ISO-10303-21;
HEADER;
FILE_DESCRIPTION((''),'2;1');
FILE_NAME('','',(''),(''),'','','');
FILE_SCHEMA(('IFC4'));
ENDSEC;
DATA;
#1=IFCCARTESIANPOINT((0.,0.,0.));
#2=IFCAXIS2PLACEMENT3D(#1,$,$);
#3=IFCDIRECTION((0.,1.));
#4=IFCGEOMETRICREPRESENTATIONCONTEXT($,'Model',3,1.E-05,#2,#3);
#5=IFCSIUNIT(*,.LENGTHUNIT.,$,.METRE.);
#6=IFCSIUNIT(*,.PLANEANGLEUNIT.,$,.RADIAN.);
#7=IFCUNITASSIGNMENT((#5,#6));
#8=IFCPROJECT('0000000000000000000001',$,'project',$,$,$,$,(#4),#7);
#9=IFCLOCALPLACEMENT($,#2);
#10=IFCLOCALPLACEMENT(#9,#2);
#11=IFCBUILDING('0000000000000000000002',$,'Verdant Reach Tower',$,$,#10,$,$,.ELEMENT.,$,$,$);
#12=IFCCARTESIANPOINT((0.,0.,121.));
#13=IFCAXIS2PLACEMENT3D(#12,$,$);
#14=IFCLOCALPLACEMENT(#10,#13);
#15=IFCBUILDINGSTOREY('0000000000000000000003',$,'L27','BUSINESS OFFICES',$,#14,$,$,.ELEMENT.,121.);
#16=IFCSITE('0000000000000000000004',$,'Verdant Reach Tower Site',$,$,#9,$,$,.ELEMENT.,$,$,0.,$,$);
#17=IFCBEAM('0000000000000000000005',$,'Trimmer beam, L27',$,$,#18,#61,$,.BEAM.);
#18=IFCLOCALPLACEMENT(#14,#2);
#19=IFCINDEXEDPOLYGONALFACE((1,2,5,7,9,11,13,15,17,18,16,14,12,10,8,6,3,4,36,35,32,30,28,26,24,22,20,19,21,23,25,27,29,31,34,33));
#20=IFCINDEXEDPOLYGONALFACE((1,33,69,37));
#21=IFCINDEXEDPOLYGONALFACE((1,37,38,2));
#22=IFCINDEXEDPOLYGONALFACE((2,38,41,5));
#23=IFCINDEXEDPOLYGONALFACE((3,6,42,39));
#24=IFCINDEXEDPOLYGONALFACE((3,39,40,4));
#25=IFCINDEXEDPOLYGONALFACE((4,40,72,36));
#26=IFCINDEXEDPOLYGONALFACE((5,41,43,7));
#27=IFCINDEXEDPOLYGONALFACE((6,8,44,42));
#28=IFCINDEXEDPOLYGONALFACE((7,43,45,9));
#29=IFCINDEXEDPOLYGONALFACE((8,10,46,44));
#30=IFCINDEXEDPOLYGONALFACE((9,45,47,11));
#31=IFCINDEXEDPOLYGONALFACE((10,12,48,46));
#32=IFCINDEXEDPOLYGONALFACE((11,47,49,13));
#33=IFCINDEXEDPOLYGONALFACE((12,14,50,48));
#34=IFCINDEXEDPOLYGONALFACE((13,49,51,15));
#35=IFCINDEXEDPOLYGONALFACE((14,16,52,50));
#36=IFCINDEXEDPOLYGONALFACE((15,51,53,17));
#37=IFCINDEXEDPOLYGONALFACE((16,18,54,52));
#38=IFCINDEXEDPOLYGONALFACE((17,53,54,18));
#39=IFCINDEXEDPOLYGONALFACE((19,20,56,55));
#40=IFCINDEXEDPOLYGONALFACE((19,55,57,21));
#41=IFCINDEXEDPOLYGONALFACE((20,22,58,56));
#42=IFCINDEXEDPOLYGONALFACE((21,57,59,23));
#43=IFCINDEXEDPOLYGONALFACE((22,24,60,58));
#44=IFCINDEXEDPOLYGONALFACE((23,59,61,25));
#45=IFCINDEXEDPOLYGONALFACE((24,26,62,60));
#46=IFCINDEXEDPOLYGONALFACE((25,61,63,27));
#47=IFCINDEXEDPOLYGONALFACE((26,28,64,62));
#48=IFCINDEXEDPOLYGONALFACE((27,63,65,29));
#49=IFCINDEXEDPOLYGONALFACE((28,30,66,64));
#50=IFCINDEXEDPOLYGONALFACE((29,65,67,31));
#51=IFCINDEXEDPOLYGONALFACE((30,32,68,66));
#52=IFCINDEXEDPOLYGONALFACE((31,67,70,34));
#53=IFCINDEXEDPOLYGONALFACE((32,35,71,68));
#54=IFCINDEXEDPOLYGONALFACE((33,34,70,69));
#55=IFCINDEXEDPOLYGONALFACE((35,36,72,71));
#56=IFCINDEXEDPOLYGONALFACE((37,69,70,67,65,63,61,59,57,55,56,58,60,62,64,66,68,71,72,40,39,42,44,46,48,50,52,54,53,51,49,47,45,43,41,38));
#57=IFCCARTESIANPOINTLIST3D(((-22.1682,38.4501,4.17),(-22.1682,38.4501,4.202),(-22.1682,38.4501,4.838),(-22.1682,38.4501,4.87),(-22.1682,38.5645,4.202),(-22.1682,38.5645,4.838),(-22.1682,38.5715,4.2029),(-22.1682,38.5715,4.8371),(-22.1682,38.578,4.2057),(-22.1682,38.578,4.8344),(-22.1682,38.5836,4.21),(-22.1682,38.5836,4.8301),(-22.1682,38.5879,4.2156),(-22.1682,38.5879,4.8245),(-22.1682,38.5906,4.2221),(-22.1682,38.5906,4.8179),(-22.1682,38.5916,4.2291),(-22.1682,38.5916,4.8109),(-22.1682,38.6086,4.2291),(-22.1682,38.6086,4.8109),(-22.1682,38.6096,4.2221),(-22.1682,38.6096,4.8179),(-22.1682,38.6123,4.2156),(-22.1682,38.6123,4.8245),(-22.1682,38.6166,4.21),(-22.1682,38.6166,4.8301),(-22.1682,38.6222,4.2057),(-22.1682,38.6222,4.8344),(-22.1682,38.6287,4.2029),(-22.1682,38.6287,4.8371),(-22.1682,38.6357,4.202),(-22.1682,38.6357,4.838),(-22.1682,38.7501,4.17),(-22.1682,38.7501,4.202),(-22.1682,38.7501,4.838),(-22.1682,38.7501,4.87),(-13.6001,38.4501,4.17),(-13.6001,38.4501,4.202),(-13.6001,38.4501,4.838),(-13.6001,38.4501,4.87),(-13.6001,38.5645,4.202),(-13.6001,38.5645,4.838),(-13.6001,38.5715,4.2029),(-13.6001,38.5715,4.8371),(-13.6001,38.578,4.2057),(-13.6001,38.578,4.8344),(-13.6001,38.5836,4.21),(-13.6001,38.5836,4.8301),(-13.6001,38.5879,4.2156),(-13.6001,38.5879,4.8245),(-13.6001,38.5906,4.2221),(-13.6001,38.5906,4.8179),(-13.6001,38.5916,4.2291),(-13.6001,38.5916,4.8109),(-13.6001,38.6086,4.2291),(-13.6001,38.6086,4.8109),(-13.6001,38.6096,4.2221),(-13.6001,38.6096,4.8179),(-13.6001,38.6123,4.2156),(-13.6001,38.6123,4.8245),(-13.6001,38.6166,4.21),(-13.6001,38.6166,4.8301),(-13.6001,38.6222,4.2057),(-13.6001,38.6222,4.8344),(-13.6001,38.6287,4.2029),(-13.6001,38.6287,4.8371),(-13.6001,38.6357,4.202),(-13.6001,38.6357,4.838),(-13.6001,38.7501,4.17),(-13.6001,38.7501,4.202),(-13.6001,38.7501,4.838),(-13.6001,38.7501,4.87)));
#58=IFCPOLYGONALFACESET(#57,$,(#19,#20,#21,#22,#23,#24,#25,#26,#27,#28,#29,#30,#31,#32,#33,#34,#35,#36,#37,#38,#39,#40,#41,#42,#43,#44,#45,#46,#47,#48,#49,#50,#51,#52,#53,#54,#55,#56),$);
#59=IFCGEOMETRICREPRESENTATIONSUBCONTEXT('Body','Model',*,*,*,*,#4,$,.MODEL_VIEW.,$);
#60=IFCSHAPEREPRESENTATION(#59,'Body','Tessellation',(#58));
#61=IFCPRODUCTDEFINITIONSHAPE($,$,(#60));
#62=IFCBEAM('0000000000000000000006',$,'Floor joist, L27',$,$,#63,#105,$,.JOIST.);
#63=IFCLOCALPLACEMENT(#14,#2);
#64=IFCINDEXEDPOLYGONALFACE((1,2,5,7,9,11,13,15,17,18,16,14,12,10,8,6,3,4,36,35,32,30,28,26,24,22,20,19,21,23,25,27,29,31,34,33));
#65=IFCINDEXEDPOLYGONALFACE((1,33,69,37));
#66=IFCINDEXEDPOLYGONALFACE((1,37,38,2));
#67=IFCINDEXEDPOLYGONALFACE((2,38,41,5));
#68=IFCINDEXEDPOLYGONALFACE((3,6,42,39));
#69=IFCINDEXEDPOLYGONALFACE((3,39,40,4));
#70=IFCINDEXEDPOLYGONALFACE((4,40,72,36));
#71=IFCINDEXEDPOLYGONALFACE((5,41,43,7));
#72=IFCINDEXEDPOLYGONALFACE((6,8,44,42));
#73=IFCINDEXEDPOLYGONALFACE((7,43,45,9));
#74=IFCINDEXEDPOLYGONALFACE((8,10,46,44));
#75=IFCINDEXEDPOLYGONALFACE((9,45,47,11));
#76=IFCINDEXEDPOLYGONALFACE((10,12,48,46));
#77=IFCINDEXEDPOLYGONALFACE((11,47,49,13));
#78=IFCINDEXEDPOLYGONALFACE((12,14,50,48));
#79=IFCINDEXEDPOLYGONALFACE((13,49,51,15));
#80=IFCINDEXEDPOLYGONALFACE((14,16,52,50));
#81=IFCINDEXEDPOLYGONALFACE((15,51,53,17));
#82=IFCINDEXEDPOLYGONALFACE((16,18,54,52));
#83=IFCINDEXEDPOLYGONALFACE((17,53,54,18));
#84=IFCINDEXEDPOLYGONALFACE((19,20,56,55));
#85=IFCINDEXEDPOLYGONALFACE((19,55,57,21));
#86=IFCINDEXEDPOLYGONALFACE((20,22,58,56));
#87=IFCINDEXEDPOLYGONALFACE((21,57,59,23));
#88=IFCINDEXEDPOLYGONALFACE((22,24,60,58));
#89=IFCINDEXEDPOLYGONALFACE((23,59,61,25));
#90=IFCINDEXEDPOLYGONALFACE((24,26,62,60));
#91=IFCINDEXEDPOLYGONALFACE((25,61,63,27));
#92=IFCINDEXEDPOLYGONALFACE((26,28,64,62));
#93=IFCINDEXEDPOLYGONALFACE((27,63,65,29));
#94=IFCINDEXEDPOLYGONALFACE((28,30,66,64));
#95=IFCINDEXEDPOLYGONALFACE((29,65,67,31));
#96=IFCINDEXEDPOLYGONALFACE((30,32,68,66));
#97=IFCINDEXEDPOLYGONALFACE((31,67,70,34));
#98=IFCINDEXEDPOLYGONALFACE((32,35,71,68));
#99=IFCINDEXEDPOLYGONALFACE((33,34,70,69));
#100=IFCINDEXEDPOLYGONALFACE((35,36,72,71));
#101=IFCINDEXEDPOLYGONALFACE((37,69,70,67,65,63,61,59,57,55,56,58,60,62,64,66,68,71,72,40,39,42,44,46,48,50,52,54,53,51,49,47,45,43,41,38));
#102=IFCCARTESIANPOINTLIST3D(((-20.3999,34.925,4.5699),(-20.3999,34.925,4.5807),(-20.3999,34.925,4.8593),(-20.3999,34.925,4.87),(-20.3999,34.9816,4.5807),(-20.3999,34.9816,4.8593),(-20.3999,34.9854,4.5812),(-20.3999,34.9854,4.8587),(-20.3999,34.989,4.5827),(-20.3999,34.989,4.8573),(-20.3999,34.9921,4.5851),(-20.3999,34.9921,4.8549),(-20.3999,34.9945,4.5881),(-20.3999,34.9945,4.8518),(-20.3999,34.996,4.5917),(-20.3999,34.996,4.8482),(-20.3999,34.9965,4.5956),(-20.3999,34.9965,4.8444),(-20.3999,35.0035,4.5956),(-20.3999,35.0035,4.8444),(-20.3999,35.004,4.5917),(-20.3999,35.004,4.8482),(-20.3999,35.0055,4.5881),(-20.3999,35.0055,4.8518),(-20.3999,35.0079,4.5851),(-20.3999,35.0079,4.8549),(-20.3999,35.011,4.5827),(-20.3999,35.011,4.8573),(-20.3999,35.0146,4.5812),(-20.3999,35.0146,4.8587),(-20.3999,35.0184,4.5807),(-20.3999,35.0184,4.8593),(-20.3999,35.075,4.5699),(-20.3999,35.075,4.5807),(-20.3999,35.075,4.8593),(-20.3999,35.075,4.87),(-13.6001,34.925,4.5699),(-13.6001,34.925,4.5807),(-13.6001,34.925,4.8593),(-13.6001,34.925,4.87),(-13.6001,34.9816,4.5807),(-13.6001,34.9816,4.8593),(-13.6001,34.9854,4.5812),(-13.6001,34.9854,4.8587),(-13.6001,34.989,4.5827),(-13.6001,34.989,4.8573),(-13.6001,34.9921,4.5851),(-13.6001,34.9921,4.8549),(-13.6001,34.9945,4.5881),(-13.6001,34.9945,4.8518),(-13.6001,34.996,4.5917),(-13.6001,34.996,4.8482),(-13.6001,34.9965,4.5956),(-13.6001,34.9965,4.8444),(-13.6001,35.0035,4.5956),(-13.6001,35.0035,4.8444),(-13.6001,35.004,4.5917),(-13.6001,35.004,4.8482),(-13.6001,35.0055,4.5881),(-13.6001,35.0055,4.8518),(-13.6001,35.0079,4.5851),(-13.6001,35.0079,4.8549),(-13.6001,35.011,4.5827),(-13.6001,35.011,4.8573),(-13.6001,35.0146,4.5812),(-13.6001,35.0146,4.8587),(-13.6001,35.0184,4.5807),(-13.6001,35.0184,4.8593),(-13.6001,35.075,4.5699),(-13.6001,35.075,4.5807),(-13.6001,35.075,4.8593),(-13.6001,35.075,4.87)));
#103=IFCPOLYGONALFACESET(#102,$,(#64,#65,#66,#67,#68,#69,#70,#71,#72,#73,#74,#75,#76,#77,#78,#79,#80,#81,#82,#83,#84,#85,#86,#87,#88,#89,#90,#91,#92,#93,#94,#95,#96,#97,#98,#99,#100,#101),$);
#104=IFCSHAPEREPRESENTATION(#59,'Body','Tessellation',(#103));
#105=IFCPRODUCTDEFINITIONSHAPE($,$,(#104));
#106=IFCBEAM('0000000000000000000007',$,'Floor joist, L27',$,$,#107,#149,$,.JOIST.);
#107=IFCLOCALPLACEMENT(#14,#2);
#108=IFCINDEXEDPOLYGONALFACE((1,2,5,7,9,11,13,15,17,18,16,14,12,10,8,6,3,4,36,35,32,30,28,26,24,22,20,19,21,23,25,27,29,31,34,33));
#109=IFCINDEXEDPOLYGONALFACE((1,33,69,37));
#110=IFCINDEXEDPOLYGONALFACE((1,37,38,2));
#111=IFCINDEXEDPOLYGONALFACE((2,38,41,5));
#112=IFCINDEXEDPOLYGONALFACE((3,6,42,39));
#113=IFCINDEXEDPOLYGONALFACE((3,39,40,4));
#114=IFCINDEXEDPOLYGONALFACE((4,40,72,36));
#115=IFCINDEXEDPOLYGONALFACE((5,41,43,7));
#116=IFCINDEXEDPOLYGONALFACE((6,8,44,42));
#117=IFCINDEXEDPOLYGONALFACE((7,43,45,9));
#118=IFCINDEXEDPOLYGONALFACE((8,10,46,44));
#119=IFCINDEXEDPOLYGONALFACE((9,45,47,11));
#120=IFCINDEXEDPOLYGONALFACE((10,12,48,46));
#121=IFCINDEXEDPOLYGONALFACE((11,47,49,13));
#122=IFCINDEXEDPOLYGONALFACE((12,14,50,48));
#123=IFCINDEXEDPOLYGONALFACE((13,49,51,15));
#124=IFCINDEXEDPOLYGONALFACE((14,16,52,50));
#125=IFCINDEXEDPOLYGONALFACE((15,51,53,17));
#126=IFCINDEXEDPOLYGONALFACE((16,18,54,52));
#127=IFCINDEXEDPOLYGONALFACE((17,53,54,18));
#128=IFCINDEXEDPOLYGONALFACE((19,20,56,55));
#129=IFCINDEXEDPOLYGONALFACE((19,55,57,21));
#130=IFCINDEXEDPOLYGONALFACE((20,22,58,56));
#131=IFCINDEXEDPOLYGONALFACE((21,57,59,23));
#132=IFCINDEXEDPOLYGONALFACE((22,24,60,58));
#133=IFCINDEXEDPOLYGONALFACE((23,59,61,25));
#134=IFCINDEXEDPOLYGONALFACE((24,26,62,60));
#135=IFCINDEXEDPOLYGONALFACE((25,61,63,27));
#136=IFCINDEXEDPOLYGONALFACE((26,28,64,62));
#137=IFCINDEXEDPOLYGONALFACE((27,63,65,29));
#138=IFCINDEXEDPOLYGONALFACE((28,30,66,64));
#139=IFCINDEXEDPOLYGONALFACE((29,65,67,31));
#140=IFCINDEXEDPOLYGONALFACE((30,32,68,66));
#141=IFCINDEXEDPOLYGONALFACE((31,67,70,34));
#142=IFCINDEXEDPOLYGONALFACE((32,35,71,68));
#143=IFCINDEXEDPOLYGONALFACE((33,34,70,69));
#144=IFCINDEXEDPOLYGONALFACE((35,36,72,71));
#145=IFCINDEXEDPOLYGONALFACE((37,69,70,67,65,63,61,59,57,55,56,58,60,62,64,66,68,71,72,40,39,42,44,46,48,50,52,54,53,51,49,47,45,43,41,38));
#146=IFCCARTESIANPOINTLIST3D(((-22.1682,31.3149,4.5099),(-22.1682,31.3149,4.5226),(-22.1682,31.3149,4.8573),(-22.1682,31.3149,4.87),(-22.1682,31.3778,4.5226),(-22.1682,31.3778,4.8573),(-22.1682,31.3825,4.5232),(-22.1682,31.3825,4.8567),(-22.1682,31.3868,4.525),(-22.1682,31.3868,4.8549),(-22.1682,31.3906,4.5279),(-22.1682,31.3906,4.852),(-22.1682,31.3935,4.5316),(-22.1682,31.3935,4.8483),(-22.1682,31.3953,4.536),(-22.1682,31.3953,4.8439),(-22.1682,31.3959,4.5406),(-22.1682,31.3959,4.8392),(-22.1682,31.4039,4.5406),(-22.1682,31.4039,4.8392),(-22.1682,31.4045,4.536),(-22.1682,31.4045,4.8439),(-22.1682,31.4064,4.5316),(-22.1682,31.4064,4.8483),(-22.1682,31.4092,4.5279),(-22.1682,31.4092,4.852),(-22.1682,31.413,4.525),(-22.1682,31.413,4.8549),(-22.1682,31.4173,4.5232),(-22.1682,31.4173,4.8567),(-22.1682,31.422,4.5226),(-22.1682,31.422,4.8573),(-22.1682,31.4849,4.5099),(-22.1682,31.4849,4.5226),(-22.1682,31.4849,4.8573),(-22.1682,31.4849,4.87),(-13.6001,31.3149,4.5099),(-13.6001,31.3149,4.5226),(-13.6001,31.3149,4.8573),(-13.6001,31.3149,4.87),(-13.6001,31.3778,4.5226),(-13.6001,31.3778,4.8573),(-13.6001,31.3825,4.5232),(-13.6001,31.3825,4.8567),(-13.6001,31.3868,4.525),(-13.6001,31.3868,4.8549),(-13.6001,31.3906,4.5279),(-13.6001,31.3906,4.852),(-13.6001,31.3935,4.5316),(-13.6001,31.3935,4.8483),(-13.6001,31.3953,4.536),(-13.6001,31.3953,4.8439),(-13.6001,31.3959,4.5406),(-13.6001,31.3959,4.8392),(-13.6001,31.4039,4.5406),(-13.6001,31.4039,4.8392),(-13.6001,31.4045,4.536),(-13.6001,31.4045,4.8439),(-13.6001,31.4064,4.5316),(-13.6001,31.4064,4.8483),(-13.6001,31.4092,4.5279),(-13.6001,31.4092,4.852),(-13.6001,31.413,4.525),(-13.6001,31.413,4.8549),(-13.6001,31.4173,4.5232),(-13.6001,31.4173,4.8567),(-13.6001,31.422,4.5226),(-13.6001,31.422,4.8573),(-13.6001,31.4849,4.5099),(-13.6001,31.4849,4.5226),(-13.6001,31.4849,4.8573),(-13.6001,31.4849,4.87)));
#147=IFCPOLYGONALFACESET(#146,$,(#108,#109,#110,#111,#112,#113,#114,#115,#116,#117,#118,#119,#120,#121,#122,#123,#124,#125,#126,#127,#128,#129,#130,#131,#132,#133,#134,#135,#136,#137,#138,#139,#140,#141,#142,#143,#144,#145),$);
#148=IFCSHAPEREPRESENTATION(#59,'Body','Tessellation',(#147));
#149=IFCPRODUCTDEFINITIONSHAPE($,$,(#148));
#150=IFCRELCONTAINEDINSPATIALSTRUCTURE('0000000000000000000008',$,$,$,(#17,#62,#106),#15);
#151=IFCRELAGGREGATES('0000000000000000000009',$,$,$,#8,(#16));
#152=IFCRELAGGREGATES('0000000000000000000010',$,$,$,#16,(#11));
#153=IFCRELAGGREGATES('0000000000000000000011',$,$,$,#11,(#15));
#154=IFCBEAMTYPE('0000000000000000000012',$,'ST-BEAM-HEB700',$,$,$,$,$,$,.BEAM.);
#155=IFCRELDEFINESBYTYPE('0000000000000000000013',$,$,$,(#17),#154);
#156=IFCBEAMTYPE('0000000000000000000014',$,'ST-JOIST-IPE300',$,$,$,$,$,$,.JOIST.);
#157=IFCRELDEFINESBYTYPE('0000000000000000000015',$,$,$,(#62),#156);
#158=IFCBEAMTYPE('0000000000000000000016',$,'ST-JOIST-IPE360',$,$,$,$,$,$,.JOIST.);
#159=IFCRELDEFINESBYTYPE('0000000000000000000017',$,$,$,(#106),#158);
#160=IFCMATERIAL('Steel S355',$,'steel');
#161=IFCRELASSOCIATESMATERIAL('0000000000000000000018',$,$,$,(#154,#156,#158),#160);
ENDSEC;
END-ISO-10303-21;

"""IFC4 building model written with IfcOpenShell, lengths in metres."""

from ifc_helpers import new_model, si_unit, direction, frame, origin, origin_2d, place, context, subcontext, project, spatial, i_section, extrude, material, material_profile, profile_set, type_object, element, save


model = new_model("IFC4")

# Units and contexts
model_context = context("Model", 3, precision=1e-05, world=origin(), true_north=direction((0.0, 1.0)))
body_context = subcontext(model_context, "Body", "Model", "MODEL_VIEW")
ifc_project = project(units=[si_unit("LENGTHUNIT", "METRE"), si_unit("PLANEANGLEUNIT", "RADIAN")], contexts=[model_context])

# Site, building, storey
site_placement = place(None, origin())
site = spatial("IfcSite", under=ifc_project, at=site_placement, Name="Verdant Reach Tower Site", CompositionType="ELEMENT", RefElevation=0.0)
building_placement = place(site_placement, origin())
building = spatial("IfcBuilding", under=site, at=building_placement, Name="Verdant Reach Tower", CompositionType="ELEMENT")
storey_placement = place(building_placement, frame((0.0, 0.0, 121.0)))
storey = spatial("IfcBuildingStorey", under=building, at=storey_placement, Name="L27", Description="BUSINESS OFFICES", CompositionType="ELEMENT", Elevation=121.0)

# Beams
ifc_material_1 = material(Name="Steel S355", Category="steel")
ifc_material_profile_1 = material_profile(ifc_material_1, i_section(OverallWidth=0.3, OverallDepth=0.7, WebThickness=0.0171, FlangeThickness=0.032, FilletRadius=0.0271, at=origin_2d()), Name="HEB 700")
ifc_profile_set_1 = profile_set([ifc_material_profile_1], Name="Steel S355")
beam_type_1 = type_object("IfcBeamType", Name="ST-BEAM-HEB700", PredefinedType="BEAM", material=ifc_profile_set_1)
beam_1_placement = place(storey_placement, frame((-13.6001, 38.6001, 4.52), z_axis=(-1.0, 0.0, 0.0), x_axis=(0.0, -1.0, 0.0)))
element("IfcBeam", 1, at=beam_1_placement, inside=storey, type_object=beam_type_1, Name="Trimmer beam, L27", PredefinedType="BEAM", context=body_context, shape_type="SweptSolid", body=[
    extrude(i_section(OverallWidth=0.3, OverallDepth=0.7, WebThickness=0.0171, FlangeThickness=0.032, FilletRadius=0.0271, at=origin_2d()), origin(), (0.0, 0.0, 1.0), 8.5681),
])
ifc_material_profile_2 = material_profile(ifc_material_1, i_section(OverallWidth=0.1499, OverallDepth=0.3, WebThickness=0.0071, FlangeThickness=0.0107, FilletRadius=0.0149, at=origin_2d()), Name="IPE 300")
ifc_profile_set_2 = profile_set([ifc_material_profile_2], Name="Steel S355")
beam_type_2 = type_object("IfcBeamType", Name="ST-JOIST-IPE300", PredefinedType="JOIST", material=ifc_profile_set_2)
beam_2_placement = place(storey_placement, frame((-13.6001, 35.0, 4.72), z_axis=(-1.0, 0.0, 0.0), x_axis=(0.0, -1.0, 0.0)))
element("IfcBeam", 2, at=beam_2_placement, inside=storey, type_object=beam_type_2, Name="Floor joist, L27", PredefinedType="JOIST", context=body_context, shape_type="SweptSolid", body=[
    extrude(i_section(OverallWidth=0.1499, OverallDepth=0.3, WebThickness=0.0071, FlangeThickness=0.0107, FilletRadius=0.0149, at=origin_2d()), origin(), (0.0, 0.0, 1.0), 6.7998),
])
ifc_material_profile_3 = material_profile(ifc_material_1, i_section(OverallWidth=0.1699, OverallDepth=0.3601, WebThickness=0.0081, FlangeThickness=0.0127, FilletRadius=0.0181, at=origin_2d()), Name="IPE 360")
ifc_profile_set_3 = profile_set([ifc_material_profile_3], Name="Steel S355")
beam_type_3 = type_object("IfcBeamType", Name="ST-JOIST-IPE360", PredefinedType="JOIST", material=ifc_profile_set_3)
beam_3_placement = place(storey_placement, frame((-13.6001, 31.3999, 4.6899), z_axis=(-1.0, 0.0, 0.0), x_axis=(0.0, -1.0, 0.0)))
element("IfcBeam", 3, at=beam_3_placement, inside=storey, type_object=beam_type_3, Name="Floor joist, L27", PredefinedType="JOIST", context=body_context, shape_type="SweptSolid", body=[
    extrude(i_section(OverallWidth=0.1699, OverallDepth=0.3601, WebThickness=0.0081, FlangeThickness=0.0127, FilletRadius=0.0181, at=origin_2d()), origin(), (0.0, 0.0, 1.0), 8.5681),
])

save(model, "model.ifc")
